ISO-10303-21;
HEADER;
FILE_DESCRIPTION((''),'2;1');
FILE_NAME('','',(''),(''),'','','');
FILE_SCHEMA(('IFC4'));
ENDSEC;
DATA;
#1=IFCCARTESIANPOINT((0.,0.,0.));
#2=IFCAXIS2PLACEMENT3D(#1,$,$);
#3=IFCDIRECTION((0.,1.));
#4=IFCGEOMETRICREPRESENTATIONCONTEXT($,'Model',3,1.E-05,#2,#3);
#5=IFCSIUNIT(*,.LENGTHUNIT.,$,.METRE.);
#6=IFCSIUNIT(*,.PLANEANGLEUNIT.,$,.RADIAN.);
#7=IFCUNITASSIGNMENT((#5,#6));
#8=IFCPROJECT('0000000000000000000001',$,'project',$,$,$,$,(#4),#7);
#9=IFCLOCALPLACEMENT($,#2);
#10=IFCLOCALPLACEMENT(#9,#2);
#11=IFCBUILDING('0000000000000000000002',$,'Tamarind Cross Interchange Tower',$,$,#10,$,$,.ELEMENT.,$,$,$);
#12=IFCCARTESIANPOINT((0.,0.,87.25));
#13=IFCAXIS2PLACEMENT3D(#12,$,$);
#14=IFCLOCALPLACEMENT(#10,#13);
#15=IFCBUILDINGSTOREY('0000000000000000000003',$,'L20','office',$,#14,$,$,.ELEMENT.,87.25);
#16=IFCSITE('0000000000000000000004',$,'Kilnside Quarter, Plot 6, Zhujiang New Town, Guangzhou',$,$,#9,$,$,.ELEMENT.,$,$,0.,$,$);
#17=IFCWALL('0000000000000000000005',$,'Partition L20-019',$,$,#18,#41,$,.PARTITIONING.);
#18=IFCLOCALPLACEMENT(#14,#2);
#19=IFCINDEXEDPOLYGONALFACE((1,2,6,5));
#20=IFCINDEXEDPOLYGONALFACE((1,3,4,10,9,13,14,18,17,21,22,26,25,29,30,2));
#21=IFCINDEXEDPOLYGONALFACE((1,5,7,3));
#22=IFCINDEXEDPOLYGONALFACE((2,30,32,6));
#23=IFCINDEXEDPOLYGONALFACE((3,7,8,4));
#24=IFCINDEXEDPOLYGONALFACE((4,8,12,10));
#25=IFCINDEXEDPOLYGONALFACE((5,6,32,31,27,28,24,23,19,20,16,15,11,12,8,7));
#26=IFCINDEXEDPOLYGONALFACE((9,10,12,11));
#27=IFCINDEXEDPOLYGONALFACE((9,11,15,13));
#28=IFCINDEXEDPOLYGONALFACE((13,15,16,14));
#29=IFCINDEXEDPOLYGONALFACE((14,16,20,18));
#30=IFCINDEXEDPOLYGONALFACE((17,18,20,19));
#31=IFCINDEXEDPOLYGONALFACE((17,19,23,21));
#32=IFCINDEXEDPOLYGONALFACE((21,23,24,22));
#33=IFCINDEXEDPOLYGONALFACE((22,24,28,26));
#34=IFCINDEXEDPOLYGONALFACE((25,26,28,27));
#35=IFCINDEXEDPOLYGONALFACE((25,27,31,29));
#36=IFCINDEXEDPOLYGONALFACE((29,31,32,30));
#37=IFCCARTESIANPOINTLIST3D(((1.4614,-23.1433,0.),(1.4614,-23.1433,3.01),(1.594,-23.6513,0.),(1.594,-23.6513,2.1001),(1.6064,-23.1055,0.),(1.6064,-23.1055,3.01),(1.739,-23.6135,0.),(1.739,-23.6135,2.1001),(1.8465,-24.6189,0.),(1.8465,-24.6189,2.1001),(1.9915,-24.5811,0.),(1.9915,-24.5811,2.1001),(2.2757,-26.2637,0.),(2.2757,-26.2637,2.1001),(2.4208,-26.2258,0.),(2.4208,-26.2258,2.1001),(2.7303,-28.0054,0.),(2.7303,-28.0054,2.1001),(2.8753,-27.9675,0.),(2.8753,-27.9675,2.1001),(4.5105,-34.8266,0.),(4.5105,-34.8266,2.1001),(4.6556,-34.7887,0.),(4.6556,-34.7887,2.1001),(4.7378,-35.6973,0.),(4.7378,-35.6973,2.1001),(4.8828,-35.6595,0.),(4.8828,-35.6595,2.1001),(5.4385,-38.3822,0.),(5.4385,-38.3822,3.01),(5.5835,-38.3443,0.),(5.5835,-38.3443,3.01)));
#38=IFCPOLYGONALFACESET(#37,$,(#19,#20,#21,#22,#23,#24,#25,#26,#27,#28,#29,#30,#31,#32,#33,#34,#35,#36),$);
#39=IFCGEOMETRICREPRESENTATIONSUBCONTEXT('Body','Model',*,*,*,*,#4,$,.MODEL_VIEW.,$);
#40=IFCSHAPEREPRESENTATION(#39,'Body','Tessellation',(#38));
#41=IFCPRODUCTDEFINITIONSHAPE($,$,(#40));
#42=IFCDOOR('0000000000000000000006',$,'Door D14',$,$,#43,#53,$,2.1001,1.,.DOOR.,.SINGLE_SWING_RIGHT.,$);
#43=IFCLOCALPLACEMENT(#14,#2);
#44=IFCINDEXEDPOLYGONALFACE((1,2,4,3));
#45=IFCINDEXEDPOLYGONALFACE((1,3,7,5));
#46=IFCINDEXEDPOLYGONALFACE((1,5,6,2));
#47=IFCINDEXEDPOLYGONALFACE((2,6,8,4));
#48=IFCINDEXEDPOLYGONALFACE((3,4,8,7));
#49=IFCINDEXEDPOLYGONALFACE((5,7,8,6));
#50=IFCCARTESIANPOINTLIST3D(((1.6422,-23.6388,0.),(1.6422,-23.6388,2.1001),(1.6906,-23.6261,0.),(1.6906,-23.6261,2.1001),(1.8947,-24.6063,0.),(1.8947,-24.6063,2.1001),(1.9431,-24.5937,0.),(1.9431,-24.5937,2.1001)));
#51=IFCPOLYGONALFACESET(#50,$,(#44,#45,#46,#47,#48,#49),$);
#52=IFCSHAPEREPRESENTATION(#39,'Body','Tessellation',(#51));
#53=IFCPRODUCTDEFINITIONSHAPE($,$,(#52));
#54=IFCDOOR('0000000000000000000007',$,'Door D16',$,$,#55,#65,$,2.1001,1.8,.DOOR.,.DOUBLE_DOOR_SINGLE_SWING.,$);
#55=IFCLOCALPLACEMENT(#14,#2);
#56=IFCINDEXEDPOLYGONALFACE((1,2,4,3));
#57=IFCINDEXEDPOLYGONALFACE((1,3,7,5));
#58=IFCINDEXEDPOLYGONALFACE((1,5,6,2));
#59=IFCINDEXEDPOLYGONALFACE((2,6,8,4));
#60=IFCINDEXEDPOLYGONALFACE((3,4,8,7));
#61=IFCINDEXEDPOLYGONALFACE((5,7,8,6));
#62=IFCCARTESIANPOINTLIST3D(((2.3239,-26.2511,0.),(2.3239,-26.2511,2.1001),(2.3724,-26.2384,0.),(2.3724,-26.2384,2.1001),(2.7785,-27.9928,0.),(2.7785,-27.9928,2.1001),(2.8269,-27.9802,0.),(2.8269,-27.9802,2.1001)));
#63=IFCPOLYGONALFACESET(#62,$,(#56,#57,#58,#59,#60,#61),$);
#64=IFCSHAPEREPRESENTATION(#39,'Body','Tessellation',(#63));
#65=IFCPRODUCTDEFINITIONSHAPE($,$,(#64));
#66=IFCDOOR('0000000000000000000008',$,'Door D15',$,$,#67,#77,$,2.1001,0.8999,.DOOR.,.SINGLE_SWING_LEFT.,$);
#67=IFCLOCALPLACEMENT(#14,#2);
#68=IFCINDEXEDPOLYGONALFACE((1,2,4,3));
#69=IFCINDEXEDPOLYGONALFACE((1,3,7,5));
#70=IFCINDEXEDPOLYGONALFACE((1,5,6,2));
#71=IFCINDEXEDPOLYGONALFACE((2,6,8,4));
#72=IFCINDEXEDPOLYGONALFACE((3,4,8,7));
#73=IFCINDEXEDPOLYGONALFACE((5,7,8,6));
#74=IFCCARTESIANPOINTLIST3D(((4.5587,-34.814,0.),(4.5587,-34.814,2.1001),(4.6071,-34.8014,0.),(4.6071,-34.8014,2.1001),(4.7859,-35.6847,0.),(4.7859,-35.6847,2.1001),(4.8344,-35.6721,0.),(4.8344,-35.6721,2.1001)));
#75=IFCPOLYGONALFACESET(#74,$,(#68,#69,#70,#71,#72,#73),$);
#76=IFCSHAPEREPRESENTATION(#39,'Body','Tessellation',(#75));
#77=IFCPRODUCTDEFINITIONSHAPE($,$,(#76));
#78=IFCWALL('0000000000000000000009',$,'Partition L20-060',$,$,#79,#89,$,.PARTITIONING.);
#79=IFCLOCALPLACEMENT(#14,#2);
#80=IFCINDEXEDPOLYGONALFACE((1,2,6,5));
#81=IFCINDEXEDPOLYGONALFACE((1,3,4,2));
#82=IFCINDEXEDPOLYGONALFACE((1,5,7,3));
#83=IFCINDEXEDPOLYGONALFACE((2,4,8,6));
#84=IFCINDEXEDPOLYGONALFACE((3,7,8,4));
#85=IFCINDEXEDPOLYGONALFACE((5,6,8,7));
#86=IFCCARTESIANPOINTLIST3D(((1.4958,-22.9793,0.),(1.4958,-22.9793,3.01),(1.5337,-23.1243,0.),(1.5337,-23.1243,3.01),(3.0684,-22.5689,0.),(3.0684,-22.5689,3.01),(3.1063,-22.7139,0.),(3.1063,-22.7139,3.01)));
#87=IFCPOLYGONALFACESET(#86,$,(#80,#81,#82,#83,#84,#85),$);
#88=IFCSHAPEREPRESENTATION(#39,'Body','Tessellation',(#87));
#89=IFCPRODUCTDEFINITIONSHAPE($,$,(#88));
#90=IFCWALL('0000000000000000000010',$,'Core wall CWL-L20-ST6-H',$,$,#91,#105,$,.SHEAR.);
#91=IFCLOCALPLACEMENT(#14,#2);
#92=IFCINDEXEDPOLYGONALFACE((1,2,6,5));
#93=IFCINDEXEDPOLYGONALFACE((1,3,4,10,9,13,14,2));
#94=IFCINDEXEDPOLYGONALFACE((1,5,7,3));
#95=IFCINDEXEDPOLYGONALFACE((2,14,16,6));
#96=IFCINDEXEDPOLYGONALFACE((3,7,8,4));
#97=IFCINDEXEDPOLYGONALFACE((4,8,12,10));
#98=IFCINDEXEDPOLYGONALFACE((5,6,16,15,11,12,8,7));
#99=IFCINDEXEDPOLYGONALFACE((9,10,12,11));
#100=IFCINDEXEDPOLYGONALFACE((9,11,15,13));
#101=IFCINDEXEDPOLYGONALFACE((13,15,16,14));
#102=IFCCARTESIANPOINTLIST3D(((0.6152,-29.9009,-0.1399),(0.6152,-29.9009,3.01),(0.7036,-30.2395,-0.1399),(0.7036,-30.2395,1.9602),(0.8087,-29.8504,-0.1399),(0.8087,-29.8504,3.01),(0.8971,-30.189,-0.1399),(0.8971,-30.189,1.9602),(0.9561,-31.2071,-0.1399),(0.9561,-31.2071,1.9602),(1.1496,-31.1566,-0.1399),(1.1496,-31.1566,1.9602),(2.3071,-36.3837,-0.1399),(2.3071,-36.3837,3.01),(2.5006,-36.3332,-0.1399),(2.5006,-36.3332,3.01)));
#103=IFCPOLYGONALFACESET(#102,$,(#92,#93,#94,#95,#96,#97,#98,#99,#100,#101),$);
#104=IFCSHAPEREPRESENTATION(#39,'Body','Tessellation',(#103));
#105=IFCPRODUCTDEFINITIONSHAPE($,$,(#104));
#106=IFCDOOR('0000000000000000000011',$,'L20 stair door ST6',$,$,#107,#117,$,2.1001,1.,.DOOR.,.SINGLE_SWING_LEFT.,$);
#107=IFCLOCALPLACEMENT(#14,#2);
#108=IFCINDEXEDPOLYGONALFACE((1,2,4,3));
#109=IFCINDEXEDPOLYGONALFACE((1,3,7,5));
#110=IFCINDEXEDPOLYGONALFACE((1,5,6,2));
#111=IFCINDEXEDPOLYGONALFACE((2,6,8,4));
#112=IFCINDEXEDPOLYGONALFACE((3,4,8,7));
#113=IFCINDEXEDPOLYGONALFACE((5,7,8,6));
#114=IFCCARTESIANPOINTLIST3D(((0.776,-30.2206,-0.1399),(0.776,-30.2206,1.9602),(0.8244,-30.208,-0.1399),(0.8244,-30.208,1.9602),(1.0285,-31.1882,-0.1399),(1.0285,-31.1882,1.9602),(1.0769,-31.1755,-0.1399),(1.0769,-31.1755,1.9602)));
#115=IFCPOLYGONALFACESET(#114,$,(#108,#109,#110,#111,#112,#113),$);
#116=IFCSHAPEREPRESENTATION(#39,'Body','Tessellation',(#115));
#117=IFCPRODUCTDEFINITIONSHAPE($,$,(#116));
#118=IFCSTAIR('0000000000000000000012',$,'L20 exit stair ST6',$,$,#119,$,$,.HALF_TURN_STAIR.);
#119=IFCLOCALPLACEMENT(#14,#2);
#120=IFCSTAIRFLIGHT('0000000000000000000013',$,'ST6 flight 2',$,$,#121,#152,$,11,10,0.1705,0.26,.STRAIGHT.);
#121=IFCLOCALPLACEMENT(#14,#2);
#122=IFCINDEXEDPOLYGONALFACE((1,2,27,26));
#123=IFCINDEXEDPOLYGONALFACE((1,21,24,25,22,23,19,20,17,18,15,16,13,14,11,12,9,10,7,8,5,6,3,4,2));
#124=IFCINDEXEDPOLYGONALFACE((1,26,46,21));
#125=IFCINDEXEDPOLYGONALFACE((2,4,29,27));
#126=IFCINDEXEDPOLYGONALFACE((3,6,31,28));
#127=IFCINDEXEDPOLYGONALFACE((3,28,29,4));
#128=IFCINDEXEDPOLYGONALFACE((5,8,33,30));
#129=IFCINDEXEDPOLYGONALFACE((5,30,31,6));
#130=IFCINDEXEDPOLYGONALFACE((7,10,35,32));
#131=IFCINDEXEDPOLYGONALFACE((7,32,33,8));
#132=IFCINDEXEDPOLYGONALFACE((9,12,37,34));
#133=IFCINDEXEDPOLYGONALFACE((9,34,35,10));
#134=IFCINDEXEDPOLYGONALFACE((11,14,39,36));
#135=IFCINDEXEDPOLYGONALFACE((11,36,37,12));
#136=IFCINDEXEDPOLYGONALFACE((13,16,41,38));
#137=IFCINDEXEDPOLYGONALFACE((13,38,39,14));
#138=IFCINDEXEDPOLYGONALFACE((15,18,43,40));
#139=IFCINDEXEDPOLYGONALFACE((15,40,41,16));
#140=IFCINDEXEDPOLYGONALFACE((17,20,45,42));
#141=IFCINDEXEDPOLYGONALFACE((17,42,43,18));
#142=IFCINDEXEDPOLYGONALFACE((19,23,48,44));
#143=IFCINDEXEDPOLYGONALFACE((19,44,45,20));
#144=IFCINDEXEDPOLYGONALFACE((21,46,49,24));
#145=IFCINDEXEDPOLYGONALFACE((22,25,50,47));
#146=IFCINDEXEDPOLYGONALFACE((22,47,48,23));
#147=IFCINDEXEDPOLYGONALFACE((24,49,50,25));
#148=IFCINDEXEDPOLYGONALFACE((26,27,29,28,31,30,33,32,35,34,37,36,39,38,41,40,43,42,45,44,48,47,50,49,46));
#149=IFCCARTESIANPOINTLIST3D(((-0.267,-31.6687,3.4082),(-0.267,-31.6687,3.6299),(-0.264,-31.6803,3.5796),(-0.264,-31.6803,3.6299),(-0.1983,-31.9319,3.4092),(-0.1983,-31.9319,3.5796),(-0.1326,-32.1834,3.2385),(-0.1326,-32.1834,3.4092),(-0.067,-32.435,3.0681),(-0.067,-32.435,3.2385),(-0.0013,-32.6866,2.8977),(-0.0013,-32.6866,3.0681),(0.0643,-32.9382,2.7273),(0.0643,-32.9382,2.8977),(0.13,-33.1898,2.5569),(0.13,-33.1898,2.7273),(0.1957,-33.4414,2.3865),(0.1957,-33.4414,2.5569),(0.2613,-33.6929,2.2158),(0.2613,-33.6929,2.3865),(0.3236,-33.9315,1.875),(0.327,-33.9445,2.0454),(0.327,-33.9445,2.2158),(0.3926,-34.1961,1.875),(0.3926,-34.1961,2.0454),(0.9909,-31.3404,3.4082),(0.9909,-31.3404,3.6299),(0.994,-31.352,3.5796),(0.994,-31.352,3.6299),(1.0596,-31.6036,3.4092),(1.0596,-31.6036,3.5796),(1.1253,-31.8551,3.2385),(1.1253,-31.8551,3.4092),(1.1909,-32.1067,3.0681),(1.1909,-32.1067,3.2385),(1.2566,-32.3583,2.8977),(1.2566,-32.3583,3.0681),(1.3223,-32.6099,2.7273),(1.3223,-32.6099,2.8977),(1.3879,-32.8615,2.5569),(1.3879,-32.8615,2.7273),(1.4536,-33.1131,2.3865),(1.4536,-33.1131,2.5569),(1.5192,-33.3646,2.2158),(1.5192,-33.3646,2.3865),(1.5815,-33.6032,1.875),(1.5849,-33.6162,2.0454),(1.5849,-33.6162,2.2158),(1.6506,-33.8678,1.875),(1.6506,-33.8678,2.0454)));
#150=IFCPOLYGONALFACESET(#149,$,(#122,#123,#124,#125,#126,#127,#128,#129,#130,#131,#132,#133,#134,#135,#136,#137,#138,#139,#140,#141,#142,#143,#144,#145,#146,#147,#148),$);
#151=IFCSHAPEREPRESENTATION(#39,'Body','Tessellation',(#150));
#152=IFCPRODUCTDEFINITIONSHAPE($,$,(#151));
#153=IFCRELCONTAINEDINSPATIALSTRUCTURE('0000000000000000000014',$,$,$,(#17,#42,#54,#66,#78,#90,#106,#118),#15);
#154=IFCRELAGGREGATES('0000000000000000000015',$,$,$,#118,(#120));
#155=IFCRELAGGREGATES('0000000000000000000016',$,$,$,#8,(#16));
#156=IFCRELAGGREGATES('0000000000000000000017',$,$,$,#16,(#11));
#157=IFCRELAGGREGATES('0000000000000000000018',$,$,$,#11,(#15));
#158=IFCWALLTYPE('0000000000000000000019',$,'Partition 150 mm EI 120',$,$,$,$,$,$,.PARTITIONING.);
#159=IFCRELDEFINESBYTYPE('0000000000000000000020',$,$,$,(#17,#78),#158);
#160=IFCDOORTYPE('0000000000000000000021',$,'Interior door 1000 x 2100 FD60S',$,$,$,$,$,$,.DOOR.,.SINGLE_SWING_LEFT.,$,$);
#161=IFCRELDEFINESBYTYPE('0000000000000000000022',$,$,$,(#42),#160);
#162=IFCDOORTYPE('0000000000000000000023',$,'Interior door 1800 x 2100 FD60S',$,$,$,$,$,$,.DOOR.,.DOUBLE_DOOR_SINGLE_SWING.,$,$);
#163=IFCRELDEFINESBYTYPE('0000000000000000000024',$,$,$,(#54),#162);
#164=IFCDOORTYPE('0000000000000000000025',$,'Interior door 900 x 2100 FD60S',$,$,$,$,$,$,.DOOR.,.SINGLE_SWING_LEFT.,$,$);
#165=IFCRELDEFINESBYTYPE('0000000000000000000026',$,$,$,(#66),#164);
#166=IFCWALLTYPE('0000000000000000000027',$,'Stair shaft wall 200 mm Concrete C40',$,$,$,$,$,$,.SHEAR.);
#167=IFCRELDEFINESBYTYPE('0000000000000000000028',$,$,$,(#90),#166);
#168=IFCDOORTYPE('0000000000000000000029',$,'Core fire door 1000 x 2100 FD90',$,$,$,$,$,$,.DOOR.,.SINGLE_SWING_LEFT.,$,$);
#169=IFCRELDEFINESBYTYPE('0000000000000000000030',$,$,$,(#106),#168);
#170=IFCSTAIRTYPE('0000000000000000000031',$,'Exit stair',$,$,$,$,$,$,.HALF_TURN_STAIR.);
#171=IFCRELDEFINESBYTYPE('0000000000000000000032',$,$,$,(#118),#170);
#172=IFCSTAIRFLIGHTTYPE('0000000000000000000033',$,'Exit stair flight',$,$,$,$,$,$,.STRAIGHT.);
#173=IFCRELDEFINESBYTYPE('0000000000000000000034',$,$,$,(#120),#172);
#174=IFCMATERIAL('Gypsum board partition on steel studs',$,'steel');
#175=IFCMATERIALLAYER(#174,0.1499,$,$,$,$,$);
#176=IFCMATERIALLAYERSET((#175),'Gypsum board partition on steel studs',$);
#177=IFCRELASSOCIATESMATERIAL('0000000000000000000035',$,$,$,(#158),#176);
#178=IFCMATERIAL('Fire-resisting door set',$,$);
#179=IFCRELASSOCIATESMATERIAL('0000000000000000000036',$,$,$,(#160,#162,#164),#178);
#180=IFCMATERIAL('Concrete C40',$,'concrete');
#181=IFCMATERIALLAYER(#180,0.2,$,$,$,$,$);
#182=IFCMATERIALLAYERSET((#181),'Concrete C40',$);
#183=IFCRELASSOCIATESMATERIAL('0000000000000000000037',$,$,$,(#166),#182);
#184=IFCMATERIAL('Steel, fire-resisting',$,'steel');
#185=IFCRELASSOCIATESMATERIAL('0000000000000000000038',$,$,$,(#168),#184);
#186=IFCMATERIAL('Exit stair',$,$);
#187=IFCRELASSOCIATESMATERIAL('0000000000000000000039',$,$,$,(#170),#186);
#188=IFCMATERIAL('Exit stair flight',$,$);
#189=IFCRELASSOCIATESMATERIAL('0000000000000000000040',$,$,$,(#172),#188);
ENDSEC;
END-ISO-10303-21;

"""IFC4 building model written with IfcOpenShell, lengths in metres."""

from ifc_helpers import new_model, si_unit, direction, frame, frame_2d, origin, place, context, subcontext, project, spatial, polyline, rectangle, outline, extrude, material, layer, layer_set, type_object, element, fill, aggregate, save


model = new_model("IFC4")

# Units and contexts
model_context = context("Model", 3, precision=1e-05, world=origin(), true_north=direction((0.0, 1.0)))
body_context = subcontext(model_context, "Body", "Model", "MODEL_VIEW")
ifc_project = project(units=[si_unit("LENGTHUNIT", "METRE"), si_unit("PLANEANGLEUNIT", "RADIAN")], contexts=[model_context])

# Site, building, storey
site_placement = place(None, origin())
site = spatial("IfcSite", under=ifc_project, at=site_placement, Name="Kilnside Quarter, Plot 6, Zhujiang New Town, Guangzhou", CompositionType="ELEMENT", RefElevation=0.0)
building_placement = place(site_placement, origin())
building = spatial("IfcBuilding", under=site, at=building_placement, Name="Tamarind Cross Interchange Tower", CompositionType="ELEMENT")
storey_placement = place(building_placement, frame((0.0, 0.0, 87.25)))
storey = spatial("IfcBuildingStorey", under=building, at=storey_placement, Name="L20", Description="office", CompositionType="ELEMENT", Elevation=87.25)

# Shared definitions
ifc_material_1 = material(Name="Gypsum board partition on steel studs", Category="steel")
ifc_layer_1 = layer(ifc_material_1, 0.1499)
ifc_layer_set_1 = layer_set([ifc_layer_1], Name="Gypsum board partition on steel studs")
wall_type_1 = type_object("IfcWallType", Name="Partition 150 mm EI 120", PredefinedType="PARTITIONING", material=ifc_layer_set_1)

# Wall, openings, doors
wall_1_placement = place(storey_placement, frame((1.5339, -23.1245, 0.0), z_axis=(0.0, 0.0, 1.0), x_axis=(0.252524, -0.967591, 0.0)))
wall_1 = element("IfcWall", 1, at=wall_1_placement, inside=storey, type_object=wall_type_1, Name="Partition L20-019", PredefinedType="PARTITIONING", context=body_context, shape_type="SweptSolid", body=[
    extrude(rectangle(XDim=15.7493, YDim=0.1499, at=frame_2d((7.8745, 0.0))), origin(), (0.0, 0.0, 1.0), 3.01),
])
opening_1_placement = place(wall_1_placement, frame((0.5249, 0.0, 0.0)))
opening_1 = element("IfcOpeningElement", 2, at=opening_1_placement, cuts=wall_1, PredefinedType="OPENING", context=body_context, shape_type="SweptSolid", body=[
    extrude(rectangle(XDim=1.0, YDim=2.1001, at=frame_2d((0.5, 1.05))), frame((0.0, 0.085, 0.0), z_axis=(0.0, -1.0, 0.0), x_axis=(1.0, 0.0, 0.0)), (0.0, 0.0, 1.0), 0.1699),
])
opening_2_placement = place(wall_1_placement, frame((12.0745, 0.0, 0.0)))
opening_2 = element("IfcOpeningElement", 3, at=opening_2_placement, cuts=wall_1, PredefinedType="OPENING", context=body_context, shape_type="SweptSolid", body=[
    extrude(rectangle(XDim=0.8999, YDim=2.1001, at=frame_2d((0.45, 1.05))), frame((0.0, 0.085, 0.0), z_axis=(0.0, -1.0, 0.0), x_axis=(1.0, 0.0, 0.0)), (0.0, 0.0, 1.0), 0.1699),
])
opening_3_placement = place(wall_1_placement, frame((3.2249, 0.0, 0.0)))
opening_3 = element("IfcOpeningElement", 4, at=opening_3_placement, cuts=wall_1, PredefinedType="OPENING", context=body_context, shape_type="SweptSolid", body=[
    extrude(rectangle(XDim=1.8, YDim=2.1001, at=frame_2d((0.8999, 1.05))), frame((0.0, 0.085, 0.0), z_axis=(0.0, -1.0, 0.0), x_axis=(1.0, 0.0, 0.0)), (0.0, 0.0, 1.0), 0.1699),
])
ifc_material_2 = material(Name="Fire-resisting door set")
door_type_1 = type_object("IfcDoorType", Name="Interior door 1000 x 2100 FD60S", OperationType="SINGLE_SWING_LEFT", PredefinedType="DOOR", material=ifc_material_2)
door_1_placement = place(opening_1_placement, origin())
door_1 = element("IfcDoor", 5, at=door_1_placement, inside=storey, type_object=door_type_1, Name="Door D14", OperationType="SINGLE_SWING_RIGHT", OverallHeight=2.1001, OverallWidth=1.0, PredefinedType="DOOR", context=body_context, shape_type="SweptSolid", body=[
    extrude(rectangle(XDim=1.0, YDim=2.1001, at=frame_2d((0.5, 1.05))), frame((0.0, 0.0249, 0.0), z_axis=(0.0, -1.0, 0.0), x_axis=(1.0, 0.0, 0.0)), (0.0, 0.0, 1.0), 0.05),
])
fill(opening_1, door_1)
door_type_2 = type_object("IfcDoorType", Name="Interior door 1800 x 2100 FD60S", OperationType="DOUBLE_DOOR_SINGLE_SWING", PredefinedType="DOOR", material=ifc_material_2)
door_2_placement = place(opening_3_placement, origin())
door_2 = element("IfcDoor", 6, at=door_2_placement, inside=storey, type_object=door_type_2, Name="Door D16", OperationType="DOUBLE_DOOR_SINGLE_SWING", OverallHeight=2.1001, OverallWidth=1.8, PredefinedType="DOOR", context=body_context, shape_type="SweptSolid", body=[
    extrude(rectangle(XDim=1.8, YDim=2.1001, at=frame_2d((0.8999, 1.05))), frame((0.0, 0.0249, 0.0), z_axis=(0.0, -1.0, 0.0), x_axis=(1.0, 0.0, 0.0)), (0.0, 0.0, 1.0), 0.05),
])
fill(opening_3, door_2)
door_type_3 = type_object("IfcDoorType", Name="Interior door 900 x 2100 FD60S", OperationType="SINGLE_SWING_LEFT", PredefinedType="DOOR", material=ifc_material_2)
door_3_placement = place(opening_2_placement, origin())
door_3 = element("IfcDoor", 7, at=door_3_placement, inside=storey, type_object=door_type_3, Name="Door D15", OperationType="SINGLE_SWING_LEFT", OverallHeight=2.1001, OverallWidth=0.8999, PredefinedType="DOOR", context=body_context, shape_type="SweptSolid", body=[
    extrude(rectangle(XDim=0.8999, YDim=2.1001, at=frame_2d((0.45, 1.05))), frame((0.0, 0.0249, 0.0), z_axis=(0.0, -1.0, 0.0), x_axis=(1.0, 0.0, 0.0)), (0.0, 0.0, 1.0), 0.05),
])
fill(opening_2, door_3)

# Wall
wall_2_placement = place(storey_placement, frame((1.5149, -23.0518, 0.0), z_axis=(0.0, 0.0, 1.0), x_axis=(0.96759, 0.252526, 0.0)))
element("IfcWall", 8, at=wall_2_placement, inside=storey, type_object=wall_type_1, Name="Partition L20-060", PredefinedType="PARTITIONING", context=body_context, shape_type="SweptSolid", body=[
    extrude(rectangle(XDim=1.6252, YDim=0.1499, at=frame_2d((0.8125, 0.0))), origin(), (0.0, 0.0, 1.0), 3.01),
])

# Wall, opening, door
ifc_material_3 = material(Name="Concrete C40", Category="concrete")
ifc_layer_2 = layer(ifc_material_3, 0.2)
ifc_layer_set_2 = layer_set([ifc_layer_2], Name="Concrete C40")
wall_type_2 = type_object("IfcWallType", Name="Stair shaft wall 200 mm Concrete C40", PredefinedType="SHEAR", material=ifc_layer_set_2)
wall_3_placement = place(storey_placement, frame((0.7119, -29.8755, -0.1399), z_axis=(0.0, 0.0, 1.0), x_axis=(0.25252, -0.967592, 0.0)))
wall_3 = element("IfcWall", 9, at=wall_3_placement, inside=storey, type_object=wall_type_2, Name="Core wall CWL-L20-ST6-H", PredefinedType="SHEAR", context=body_context, shape_type="SweptSolid", body=[
    extrude(rectangle(XDim=6.7, YDim=0.2, at=frame_2d((3.3501, 0.0))), origin(), (0.0, 0.0, 1.0), 3.1499),
])
opening_4_placement = place(wall_3_placement, frame((0.3501, 0.0, 0.0)))
opening_4 = element("IfcOpeningElement", 10, at=opening_4_placement, cuts=wall_3, PredefinedType="OPENING", context=body_context, shape_type="SweptSolid", body=[
    extrude(rectangle(XDim=1.0, YDim=2.1001, at=frame_2d((0.5, 1.05))), frame((0.0, 0.1099, 0.0), z_axis=(0.0, -1.0, 0.0), x_axis=(1.0, 0.0, 0.0)), (0.0, 0.0, 1.0), 0.22),
])
ifc_material_4 = material(Name="Steel, fire-resisting", Category="steel")
door_type_4 = type_object("IfcDoorType", Name="Core fire door 1000 x 2100 FD90", OperationType="SINGLE_SWING_LEFT", PredefinedType="DOOR", material=ifc_material_4)
door_4_placement = place(opening_4_placement, origin())
door_4 = element("IfcDoor", 11, at=door_4_placement, inside=storey, type_object=door_type_4, Name="L20 stair door ST6", OperationType="SINGLE_SWING_LEFT", OverallHeight=2.1001, OverallWidth=1.0, PredefinedType="DOOR", context=body_context, shape_type="SweptSolid", body=[
    extrude(rectangle(XDim=1.0, YDim=2.1001, at=frame_2d((0.5, 1.05))), frame((0.0, 0.0249, 0.0), z_axis=(0.0, -1.0, 0.0), x_axis=(1.0, 0.0, 0.0)), (0.0, 0.0, 1.0), 0.05),
])
fill(opening_4, door_4)

# Stair, stair flight
ifc_material_5 = material(Name="Exit stair")
stair_type = type_object("IfcStairType", Name="Exit stair", PredefinedType="HALF_TURN_STAIR", material=ifc_material_5)
stair_placement = place(storey_placement, origin())
stair = element("IfcStair", 12, at=stair_placement, inside=storey, type_object=stair_type, Name="L20 exit stair ST6", PredefinedType="HALF_TURN_STAIR")
ifc_material_6 = material(Name="Exit stair flight")
stair_flight_type = type_object("IfcStairFlightType", Name="Exit stair flight", PredefinedType="STRAIGHT", material=ifc_material_6)
stair_flight_placement = place(storey_placement, frame((1.0215, -34.032, 1.875), z_axis=(0.0, 0.0, 1.0), x_axis=(-0.252529, 0.967589, 0.0)))
stair_flight = element("IfcStairFlight", 13, at=stair_flight_placement, type_object=stair_flight_type, Name="ST6 flight 2", NumberOfRisers=11, NumberOfTreads=10, PredefinedType="STRAIGHT", RiserHeight=0.1705, TreadLength=0.26, context=body_context, shape_type="SweptSolid", body=[
    extrude(outline(polyline([(0.0, 0.0), (0.0, 0.1704), (0.26, 0.1704), (0.26, 0.3408), (0.52, 0.3408), (0.52, 0.5115), (0.78, 0.5115), (0.78, 0.6819), (1.04, 0.6819), (1.04, 0.8523), (1.3, 0.8523), (1.3, 1.0227), (1.5601, 1.0227), (1.5601, 1.1931), (1.8201, 1.1931), (1.8201, 1.3635), (2.0801, 1.3635), (2.0801, 1.5342), (2.3401, 1.5342), (2.3401, 1.7046), (2.6001, 1.7046), (2.6001, 1.7549), (2.6121, 1.7549), (2.6121, 1.5332), (0.2734, 0.0), (0.0, 0.0)])), frame((0.0, 0.6499, 0.0), z_axis=(0.0, -1.0, 0.0), x_axis=(1.0, 0.0, 0.0)), (0.0, 0.0, 1.0), 1.3),
])
aggregate(stair, [stair_flight])

save(model, "model.ifc")
